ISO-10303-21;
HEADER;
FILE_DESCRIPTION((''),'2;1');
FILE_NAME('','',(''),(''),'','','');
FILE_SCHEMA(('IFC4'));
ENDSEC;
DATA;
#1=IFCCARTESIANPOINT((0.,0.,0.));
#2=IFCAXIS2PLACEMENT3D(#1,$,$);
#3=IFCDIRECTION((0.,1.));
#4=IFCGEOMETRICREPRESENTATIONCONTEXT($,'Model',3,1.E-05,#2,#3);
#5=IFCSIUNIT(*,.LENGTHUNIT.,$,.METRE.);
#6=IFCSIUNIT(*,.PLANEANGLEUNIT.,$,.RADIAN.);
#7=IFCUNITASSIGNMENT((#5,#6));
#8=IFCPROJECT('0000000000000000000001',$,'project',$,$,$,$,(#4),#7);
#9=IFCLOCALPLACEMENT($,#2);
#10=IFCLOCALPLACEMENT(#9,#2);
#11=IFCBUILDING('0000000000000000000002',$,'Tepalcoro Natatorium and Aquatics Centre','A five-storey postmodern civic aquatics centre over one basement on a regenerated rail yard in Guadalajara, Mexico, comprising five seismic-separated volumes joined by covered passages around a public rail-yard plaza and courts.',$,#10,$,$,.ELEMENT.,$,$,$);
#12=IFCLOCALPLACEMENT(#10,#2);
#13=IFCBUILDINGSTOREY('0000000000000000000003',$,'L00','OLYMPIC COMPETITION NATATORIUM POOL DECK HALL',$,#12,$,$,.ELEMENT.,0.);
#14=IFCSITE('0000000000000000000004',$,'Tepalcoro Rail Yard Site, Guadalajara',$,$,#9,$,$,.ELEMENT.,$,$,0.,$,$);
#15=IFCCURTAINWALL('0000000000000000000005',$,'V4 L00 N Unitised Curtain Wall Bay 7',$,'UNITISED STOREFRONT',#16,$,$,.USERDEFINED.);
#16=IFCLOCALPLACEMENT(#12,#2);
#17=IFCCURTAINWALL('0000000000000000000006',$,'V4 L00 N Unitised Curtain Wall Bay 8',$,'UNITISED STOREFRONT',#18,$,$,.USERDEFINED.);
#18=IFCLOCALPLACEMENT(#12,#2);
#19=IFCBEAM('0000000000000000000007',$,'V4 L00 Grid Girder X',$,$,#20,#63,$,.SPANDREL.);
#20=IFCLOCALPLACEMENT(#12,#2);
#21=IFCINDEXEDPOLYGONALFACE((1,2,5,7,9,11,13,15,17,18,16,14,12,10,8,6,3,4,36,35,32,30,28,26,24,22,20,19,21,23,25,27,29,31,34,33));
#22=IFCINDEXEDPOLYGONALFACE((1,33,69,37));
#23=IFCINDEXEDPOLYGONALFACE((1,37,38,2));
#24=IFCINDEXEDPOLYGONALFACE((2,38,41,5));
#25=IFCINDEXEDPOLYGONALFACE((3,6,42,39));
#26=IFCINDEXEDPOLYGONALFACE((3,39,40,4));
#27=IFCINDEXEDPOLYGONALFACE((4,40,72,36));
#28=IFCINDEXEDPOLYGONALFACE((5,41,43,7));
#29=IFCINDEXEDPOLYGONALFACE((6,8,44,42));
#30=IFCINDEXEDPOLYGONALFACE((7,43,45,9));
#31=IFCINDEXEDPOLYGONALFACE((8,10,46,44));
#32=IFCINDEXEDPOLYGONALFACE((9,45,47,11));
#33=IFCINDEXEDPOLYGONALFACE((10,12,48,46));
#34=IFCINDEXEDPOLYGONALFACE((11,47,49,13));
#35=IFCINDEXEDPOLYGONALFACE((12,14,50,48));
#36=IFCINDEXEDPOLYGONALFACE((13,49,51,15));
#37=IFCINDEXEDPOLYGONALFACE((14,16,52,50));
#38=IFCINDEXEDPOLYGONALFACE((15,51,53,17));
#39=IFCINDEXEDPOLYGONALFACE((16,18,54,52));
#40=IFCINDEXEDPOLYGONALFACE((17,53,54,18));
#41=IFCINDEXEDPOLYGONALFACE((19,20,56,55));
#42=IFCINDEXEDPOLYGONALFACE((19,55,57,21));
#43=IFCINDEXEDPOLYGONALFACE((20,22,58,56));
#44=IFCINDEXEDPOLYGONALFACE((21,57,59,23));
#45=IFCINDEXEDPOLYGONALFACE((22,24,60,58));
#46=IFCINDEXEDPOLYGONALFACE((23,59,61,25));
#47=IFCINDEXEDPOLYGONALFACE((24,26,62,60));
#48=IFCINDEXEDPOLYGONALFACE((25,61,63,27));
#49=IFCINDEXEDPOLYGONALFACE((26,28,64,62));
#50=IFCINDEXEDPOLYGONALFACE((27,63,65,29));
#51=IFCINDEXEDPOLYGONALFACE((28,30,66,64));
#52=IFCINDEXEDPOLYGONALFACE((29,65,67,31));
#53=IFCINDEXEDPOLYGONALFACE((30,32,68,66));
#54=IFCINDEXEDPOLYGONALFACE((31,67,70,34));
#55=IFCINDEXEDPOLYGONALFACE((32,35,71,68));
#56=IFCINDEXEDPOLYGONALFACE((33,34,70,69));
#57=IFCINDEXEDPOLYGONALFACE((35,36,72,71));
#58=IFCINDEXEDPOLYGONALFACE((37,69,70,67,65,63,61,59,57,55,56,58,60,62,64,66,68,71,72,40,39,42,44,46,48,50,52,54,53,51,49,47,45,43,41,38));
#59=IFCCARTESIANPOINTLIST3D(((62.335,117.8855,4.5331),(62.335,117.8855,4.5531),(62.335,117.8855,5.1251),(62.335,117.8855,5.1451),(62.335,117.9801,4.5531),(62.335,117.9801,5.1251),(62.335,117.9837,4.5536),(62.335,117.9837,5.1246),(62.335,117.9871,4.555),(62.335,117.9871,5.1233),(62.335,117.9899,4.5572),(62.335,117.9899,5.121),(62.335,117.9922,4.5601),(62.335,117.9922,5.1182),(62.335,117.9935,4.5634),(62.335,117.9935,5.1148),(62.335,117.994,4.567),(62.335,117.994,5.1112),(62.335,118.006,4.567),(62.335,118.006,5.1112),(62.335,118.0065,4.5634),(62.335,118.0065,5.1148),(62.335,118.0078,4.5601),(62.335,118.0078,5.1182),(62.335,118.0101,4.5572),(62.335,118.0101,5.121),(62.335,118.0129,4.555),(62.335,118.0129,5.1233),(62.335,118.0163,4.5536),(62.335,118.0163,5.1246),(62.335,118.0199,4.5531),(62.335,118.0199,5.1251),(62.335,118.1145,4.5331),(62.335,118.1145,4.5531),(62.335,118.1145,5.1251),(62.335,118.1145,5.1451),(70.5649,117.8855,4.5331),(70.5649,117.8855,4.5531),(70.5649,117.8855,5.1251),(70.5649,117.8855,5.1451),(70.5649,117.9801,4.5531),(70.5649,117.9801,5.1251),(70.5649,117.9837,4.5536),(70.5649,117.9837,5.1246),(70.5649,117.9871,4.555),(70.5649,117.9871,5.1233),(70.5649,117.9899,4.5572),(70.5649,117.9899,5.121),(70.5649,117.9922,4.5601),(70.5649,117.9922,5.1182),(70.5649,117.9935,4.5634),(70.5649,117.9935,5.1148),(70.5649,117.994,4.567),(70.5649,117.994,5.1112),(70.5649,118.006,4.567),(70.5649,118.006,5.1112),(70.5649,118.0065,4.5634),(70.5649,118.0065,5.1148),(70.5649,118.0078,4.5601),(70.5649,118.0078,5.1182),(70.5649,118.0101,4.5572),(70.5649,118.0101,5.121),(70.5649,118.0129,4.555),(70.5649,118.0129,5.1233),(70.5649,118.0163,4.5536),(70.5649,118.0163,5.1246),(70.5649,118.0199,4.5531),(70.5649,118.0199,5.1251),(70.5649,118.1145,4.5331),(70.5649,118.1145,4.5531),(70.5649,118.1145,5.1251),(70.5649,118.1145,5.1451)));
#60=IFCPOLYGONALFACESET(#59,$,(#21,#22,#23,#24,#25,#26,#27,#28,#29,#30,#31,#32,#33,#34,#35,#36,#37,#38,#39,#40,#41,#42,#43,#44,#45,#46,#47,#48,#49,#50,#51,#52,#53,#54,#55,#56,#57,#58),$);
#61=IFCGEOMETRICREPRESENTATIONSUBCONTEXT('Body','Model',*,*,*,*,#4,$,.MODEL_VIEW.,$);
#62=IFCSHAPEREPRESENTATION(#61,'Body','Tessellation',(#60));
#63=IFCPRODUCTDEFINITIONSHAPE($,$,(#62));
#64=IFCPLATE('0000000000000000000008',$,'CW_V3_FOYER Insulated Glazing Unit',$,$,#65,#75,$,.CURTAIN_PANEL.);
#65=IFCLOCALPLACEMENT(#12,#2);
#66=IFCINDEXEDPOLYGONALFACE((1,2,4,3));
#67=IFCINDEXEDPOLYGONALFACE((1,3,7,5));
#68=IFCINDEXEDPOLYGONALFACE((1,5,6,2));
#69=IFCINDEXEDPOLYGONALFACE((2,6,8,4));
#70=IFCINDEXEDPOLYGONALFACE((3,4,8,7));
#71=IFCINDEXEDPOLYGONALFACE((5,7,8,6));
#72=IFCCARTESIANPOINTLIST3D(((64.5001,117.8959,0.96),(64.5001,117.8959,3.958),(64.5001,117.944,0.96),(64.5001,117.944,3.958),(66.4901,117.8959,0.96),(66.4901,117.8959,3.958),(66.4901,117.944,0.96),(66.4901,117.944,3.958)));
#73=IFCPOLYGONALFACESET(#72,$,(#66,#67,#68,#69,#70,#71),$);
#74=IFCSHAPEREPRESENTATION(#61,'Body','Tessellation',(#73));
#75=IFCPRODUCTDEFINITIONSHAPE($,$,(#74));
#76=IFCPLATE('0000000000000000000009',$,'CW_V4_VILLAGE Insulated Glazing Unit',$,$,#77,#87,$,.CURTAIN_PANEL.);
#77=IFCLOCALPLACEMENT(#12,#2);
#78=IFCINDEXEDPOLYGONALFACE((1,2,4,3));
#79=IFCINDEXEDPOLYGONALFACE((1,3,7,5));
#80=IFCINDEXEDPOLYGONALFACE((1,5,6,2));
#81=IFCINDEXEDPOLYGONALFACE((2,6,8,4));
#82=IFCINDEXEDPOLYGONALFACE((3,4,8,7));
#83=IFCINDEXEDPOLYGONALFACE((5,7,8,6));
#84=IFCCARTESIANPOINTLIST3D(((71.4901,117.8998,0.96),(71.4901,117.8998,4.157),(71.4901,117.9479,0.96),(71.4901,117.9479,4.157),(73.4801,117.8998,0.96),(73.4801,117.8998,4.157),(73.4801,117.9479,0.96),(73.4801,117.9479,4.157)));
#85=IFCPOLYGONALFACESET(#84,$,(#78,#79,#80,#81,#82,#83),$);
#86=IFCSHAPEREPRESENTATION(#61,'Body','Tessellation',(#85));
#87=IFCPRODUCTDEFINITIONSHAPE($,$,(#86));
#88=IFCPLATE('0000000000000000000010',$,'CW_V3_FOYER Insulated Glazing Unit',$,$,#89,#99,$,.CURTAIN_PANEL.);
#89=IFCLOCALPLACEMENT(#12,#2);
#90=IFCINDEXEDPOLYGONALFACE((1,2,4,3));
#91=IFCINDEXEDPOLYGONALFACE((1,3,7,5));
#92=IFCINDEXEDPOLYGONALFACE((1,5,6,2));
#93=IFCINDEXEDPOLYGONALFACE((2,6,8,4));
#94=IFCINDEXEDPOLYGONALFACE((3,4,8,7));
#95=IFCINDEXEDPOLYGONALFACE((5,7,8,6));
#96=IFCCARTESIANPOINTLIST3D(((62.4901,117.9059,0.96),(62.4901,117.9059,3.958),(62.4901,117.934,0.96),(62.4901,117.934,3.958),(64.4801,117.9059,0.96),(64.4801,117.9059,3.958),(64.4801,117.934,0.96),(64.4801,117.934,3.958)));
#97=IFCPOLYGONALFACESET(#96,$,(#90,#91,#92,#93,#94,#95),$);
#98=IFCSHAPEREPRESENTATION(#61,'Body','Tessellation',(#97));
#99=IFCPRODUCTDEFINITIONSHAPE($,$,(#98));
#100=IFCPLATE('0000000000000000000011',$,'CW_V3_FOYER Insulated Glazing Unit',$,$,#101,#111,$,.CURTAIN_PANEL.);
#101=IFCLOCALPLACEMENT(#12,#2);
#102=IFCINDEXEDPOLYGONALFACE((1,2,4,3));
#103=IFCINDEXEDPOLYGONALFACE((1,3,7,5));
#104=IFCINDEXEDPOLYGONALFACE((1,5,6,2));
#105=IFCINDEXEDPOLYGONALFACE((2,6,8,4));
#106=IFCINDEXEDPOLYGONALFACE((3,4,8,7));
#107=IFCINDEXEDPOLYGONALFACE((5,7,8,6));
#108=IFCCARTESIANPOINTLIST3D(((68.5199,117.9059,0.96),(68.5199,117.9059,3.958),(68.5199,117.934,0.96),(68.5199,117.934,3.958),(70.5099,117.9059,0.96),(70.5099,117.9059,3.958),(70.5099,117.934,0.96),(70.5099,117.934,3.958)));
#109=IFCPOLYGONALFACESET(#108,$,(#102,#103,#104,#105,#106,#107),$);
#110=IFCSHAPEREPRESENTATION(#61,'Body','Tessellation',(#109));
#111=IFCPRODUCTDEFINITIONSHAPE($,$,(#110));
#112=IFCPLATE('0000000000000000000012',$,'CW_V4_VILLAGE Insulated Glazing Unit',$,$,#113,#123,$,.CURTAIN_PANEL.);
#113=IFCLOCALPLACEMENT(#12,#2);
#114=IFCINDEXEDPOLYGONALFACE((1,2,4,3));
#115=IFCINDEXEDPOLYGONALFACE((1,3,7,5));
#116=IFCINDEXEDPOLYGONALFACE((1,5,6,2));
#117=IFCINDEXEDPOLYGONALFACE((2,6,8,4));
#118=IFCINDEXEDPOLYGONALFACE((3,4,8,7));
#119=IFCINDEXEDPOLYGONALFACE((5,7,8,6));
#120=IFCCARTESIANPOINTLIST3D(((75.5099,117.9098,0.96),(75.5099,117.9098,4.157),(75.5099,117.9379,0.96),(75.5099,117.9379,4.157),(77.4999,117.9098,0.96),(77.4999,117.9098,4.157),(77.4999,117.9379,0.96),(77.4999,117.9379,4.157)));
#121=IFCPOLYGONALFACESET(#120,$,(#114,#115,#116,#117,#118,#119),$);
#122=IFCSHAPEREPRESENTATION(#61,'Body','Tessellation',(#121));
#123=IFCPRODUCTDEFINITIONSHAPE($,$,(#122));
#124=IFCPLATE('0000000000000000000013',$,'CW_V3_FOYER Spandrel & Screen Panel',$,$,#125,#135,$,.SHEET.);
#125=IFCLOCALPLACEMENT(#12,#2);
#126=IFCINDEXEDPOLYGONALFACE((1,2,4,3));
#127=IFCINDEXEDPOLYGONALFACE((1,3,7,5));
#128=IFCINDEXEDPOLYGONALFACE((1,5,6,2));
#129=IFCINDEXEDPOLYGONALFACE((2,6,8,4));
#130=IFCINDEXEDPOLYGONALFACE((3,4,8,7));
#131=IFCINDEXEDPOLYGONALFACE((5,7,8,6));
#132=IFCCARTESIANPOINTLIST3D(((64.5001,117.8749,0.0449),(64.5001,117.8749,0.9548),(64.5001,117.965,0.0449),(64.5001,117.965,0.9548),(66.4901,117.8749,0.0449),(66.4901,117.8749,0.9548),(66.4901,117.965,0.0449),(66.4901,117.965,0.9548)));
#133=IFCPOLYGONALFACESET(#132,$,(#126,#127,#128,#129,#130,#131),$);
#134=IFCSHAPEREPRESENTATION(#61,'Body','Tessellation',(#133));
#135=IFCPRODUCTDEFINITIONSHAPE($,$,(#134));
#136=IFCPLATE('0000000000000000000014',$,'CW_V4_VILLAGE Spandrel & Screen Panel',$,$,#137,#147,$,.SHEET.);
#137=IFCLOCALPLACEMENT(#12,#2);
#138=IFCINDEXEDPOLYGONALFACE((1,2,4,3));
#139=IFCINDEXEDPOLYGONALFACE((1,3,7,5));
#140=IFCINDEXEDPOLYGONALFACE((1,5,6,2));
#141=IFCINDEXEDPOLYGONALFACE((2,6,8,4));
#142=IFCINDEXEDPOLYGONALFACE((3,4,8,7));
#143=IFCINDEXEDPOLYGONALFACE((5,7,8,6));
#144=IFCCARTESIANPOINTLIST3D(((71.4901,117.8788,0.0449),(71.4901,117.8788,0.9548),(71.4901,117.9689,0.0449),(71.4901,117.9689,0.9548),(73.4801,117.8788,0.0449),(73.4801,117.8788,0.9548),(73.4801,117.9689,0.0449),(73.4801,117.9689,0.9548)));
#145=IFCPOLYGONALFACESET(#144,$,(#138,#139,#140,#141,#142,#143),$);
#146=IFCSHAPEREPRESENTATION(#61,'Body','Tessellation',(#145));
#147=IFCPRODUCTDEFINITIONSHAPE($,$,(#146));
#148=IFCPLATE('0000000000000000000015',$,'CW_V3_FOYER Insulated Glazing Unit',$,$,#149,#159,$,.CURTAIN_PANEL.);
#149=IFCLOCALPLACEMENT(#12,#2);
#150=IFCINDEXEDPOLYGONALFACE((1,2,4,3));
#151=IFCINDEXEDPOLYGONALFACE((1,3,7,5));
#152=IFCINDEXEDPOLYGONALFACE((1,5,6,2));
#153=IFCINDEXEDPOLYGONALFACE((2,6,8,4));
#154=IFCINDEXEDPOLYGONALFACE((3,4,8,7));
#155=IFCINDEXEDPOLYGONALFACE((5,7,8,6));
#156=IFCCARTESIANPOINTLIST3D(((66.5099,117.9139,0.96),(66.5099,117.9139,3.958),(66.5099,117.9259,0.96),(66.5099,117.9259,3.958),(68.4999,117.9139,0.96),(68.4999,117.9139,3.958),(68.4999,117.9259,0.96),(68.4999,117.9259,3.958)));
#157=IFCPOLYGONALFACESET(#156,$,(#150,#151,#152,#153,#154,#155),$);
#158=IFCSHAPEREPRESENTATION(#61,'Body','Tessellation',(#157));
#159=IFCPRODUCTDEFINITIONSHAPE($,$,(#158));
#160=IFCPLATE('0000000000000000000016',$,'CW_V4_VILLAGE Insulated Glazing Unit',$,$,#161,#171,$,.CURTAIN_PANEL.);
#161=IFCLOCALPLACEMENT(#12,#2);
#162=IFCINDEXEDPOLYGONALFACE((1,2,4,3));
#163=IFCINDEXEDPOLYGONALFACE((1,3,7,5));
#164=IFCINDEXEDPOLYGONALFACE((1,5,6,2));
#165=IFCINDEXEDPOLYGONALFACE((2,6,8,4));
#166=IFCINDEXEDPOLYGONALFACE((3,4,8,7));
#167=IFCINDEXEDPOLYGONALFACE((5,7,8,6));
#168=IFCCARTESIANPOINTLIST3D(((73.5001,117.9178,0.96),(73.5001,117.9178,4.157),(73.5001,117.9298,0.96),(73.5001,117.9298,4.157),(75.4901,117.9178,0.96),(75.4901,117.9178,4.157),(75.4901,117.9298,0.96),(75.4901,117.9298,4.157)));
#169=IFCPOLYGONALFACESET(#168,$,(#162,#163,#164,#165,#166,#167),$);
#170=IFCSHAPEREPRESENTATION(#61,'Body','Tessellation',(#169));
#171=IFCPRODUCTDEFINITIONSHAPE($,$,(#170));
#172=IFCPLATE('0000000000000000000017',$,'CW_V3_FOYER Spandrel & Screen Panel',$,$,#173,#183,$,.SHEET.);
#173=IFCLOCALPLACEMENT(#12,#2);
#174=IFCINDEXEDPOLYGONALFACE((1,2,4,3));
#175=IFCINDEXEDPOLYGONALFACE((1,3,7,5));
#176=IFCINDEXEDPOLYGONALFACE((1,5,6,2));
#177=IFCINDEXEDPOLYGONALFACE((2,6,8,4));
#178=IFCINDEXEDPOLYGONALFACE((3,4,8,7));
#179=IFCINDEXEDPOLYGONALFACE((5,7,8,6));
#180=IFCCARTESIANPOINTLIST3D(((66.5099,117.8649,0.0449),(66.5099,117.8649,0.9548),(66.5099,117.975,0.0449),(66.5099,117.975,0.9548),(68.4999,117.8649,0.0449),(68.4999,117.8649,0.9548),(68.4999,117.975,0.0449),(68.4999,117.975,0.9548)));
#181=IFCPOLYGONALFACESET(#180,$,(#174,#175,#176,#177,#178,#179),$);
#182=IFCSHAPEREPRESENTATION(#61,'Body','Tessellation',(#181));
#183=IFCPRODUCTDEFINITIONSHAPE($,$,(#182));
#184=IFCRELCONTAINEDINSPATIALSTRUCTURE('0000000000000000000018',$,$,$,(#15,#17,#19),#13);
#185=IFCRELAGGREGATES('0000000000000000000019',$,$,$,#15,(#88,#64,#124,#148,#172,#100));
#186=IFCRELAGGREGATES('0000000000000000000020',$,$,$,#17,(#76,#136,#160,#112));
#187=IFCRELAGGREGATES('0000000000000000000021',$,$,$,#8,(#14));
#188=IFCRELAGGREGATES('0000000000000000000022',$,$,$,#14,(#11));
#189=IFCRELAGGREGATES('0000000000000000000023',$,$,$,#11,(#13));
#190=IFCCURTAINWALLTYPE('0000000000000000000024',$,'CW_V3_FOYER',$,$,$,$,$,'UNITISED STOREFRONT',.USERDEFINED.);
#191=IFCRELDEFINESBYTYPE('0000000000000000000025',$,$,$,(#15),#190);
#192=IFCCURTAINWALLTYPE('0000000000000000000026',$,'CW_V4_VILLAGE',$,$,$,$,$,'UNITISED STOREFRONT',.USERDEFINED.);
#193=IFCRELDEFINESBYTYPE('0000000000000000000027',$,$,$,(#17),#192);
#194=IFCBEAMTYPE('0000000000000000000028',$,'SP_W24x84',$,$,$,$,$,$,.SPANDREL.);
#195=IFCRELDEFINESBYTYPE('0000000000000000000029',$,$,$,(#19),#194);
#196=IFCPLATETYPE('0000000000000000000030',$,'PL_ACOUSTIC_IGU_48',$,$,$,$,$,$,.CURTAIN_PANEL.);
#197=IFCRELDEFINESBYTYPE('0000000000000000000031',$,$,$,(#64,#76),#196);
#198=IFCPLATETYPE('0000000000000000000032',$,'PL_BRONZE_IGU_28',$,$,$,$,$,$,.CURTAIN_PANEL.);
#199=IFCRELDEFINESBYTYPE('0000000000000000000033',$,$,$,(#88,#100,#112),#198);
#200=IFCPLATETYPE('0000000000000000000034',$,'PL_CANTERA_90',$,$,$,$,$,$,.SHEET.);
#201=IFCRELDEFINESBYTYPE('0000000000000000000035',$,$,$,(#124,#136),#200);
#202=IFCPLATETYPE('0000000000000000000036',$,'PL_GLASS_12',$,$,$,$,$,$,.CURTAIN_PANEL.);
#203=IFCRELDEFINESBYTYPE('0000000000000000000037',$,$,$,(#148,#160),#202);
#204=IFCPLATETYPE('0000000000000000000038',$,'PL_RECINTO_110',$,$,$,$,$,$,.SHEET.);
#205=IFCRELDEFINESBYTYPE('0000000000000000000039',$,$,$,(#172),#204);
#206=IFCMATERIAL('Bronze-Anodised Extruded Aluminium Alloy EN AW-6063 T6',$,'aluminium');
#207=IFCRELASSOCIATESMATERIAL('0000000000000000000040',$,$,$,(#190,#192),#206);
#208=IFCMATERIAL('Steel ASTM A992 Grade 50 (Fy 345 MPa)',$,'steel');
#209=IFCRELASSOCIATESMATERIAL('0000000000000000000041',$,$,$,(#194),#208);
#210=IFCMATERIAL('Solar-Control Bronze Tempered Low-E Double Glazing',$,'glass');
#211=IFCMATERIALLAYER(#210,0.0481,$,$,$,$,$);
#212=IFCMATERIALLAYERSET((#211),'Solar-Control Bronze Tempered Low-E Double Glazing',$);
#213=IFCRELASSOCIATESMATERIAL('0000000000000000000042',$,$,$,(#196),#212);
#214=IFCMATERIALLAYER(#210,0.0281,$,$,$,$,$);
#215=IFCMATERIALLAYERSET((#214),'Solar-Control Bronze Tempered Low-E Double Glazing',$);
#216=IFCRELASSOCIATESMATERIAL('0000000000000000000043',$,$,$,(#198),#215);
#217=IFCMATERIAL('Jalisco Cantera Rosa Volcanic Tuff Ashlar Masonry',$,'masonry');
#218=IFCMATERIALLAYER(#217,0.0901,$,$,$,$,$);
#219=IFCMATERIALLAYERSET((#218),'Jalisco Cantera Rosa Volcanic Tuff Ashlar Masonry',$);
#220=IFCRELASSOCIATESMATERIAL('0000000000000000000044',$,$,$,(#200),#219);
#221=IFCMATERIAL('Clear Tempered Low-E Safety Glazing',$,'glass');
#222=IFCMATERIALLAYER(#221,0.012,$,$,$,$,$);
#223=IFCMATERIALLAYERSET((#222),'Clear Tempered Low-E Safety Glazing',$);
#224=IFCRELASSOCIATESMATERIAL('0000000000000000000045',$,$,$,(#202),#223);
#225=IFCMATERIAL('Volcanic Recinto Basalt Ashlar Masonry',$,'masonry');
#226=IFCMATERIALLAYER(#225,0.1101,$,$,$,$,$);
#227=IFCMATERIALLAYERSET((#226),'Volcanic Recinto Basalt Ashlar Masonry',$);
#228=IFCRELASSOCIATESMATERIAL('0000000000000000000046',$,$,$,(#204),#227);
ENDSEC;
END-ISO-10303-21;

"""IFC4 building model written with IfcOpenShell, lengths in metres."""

from ifc_helpers import new_model, si_unit, direction, frame, origin, origin_2d, place, context, subcontext, project, spatial, rectangle, i_section, extrude, material, layer, layer_set, material_profile, profile_set, type_object, element, aggregate, save


model = new_model("IFC4")

# Units and contexts
model_context = context("Model", 3, precision=1e-05, world=origin(), true_north=direction((0.0, 1.0)))
body_context = subcontext(model_context, "Body", "Model", "MODEL_VIEW")
ifc_project = project(units=[si_unit("LENGTHUNIT", "METRE"), si_unit("PLANEANGLEUNIT", "RADIAN")], contexts=[model_context])

# Site, building, storey
site_placement = place(None, origin())
site = spatial("IfcSite", under=ifc_project, at=site_placement, Name="Tepalcoro Rail Yard Site, Guadalajara", CompositionType="ELEMENT", RefElevation=0.0)
building_placement = place(site_placement, origin())
building = spatial("IfcBuilding", under=site, at=building_placement, Name="Tepalcoro Natatorium and Aquatics Centre", Description="A five-storey postmodern civic aquatics centre over one basement on a regenerated rail yard in Guadalajara, Mexico, comprising five seismic-separated volumes joined by covered passages around a public rail-yard plaza and courts.", CompositionType="ELEMENT")
storey_placement = place(building_placement, origin())
storey = spatial("IfcBuildingStorey", under=building, at=storey_placement, Name="L00", Description="OLYMPIC COMPETITION NATATORIUM POOL DECK HALL", CompositionType="ELEMENT", Elevation=0.0)

# Curtain walls
ifc_material_1 = material(Name="Bronze-Anodised Extruded Aluminium Alloy EN AW-6063 T6", Category="aluminium")
curtain_wall_type_1 = type_object("IfcCurtainWallType", Name="CW_V3_FOYER", ElementType="UNITISED STOREFRONT", PredefinedType="USERDEFINED", material=ifc_material_1)
curtain_wall_1_placement = place(storey_placement, origin())
curtain_wall_1 = element("IfcCurtainWall", 1, at=curtain_wall_1_placement, inside=storey, type_object=curtain_wall_type_1, Name="V4 L00 N Unitised Curtain Wall Bay 7", ObjectType="UNITISED STOREFRONT", PredefinedType="USERDEFINED")
curtain_wall_type_2 = type_object("IfcCurtainWallType", Name="CW_V4_VILLAGE", ElementType="UNITISED STOREFRONT", PredefinedType="USERDEFINED", material=ifc_material_1)
curtain_wall_2_placement = place(storey_placement, origin())
curtain_wall_2 = element("IfcCurtainWall", 2, at=curtain_wall_2_placement, inside=storey, type_object=curtain_wall_type_2, Name="V4 L00 N Unitised Curtain Wall Bay 8", ObjectType="UNITISED STOREFRONT", PredefinedType="USERDEFINED")

# Beam
ifc_material_2 = material(Name="Steel ASTM A992 Grade 50 (Fy 345 MPa)", Category="steel")
ifc_material_profile_1 = material_profile(ifc_material_2, i_section(OverallWidth=0.229, OverallDepth=0.6121, WebThickness=0.012, FlangeThickness=0.02, FilletRadius=0.0139, at=origin_2d()), Name="W24X84")
ifc_profile_set_1 = profile_set([ifc_material_profile_1], Name="Steel ASTM A992 Grade 50 (Fy 345 MPa)")
beam_type_1 = type_object("IfcBeamType", Name="SP_W24x84", PredefinedType="SPANDREL", material=ifc_profile_set_1)
beam_1_placement = place(storey_placement, frame((62.335, 118.0, 4.8391), z_axis=(1.0, 0.0, 0.0), x_axis=(0.0, 1.0, 0.0)))
element("IfcBeam", 3, at=beam_1_placement, inside=storey, type_object=beam_type_1, Name="V4 L00 Grid Girder X", PredefinedType="SPANDREL", context=body_context, shape_type="SweptSolid", body=[
    extrude(i_section(OverallWidth=0.229, OverallDepth=0.6121, WebThickness=0.012, FlangeThickness=0.02, FilletRadius=0.0139, at=origin_2d()), origin(), (0.0, 0.0, 1.0), 8.23),
])

# Plates
ifc_material_3 = material(Name="Solar-Control Bronze Tempered Low-E Double Glazing", Category="glass")
ifc_layer_1 = layer(ifc_material_3, 0.0481)
ifc_layer_set_1 = layer_set([ifc_layer_1], Name="Solar-Control Bronze Tempered Low-E Double Glazing")
plate_type_1 = type_object("IfcPlateType", Name="PL_ACOUSTIC_IGU_48", PredefinedType="CURTAIN_PANEL", material=ifc_layer_set_1)
plate_1_placement = place(storey_placement, frame((65.4951, 117.9199, 0.96), z_axis=(0.0, 0.0, 1.0), x_axis=(1.0, 0.0, 0.0)))
plate_1 = element("IfcPlate", 4, at=plate_1_placement, type_object=plate_type_1, Name="CW_V3_FOYER Insulated Glazing Unit", PredefinedType="CURTAIN_PANEL", context=body_context, shape_type="SweptSolid", body=[
    extrude(rectangle(XDim=1.99, YDim=0.0481, at=origin_2d()), origin(), (0.0, 0.0, 1.0), 2.998),
])
plate_2_placement = place(storey_placement, frame((72.4851, 117.9238, 0.96), z_axis=(0.0, 0.0, 1.0), x_axis=(1.0, 0.0, 0.0)))
plate_2 = element("IfcPlate", 5, at=plate_2_placement, type_object=plate_type_1, Name="CW_V4_VILLAGE Insulated Glazing Unit", PredefinedType="CURTAIN_PANEL", context=body_context, shape_type="SweptSolid", body=[
    extrude(rectangle(XDim=1.99, YDim=0.0481, at=origin_2d()), origin(), (0.0, 0.0, 1.0), 3.197),
])
ifc_layer_2 = layer(ifc_material_3, 0.0281)
ifc_layer_set_2 = layer_set([ifc_layer_2], Name="Solar-Control Bronze Tempered Low-E Double Glazing")
plate_type_2 = type_object("IfcPlateType", Name="PL_BRONZE_IGU_28", PredefinedType="CURTAIN_PANEL", material=ifc_layer_set_2)
plate_3_placement = place(storey_placement, frame((63.4851, 117.9199, 0.96), z_axis=(0.0, 0.0, 1.0), x_axis=(1.0, 0.0, 0.0)))
plate_3 = element("IfcPlate", 6, at=plate_3_placement, type_object=plate_type_2, Name="CW_V3_FOYER Insulated Glazing Unit", PredefinedType="CURTAIN_PANEL", context=body_context, shape_type="SweptSolid", body=[
    extrude(rectangle(XDim=1.99, YDim=0.0281, at=origin_2d()), origin(), (0.0, 0.0, 1.0), 2.998),
])
plate_4_placement = place(storey_placement, frame((69.5149, 117.9199, 0.96), z_axis=(0.0, 0.0, 1.0), x_axis=(1.0, 0.0, 0.0)))
plate_4 = element("IfcPlate", 7, at=plate_4_placement, type_object=plate_type_2, Name="CW_V3_FOYER Insulated Glazing Unit", PredefinedType="CURTAIN_PANEL", context=body_context, shape_type="SweptSolid", body=[
    extrude(rectangle(XDim=1.99, YDim=0.0281, at=origin_2d()), origin(), (0.0, 0.0, 1.0), 2.998),
])
plate_5_placement = place(storey_placement, frame((76.5049, 117.9238, 0.96), z_axis=(0.0, 0.0, 1.0), x_axis=(1.0, 0.0, 0.0)))
plate_5 = element("IfcPlate", 8, at=plate_5_placement, type_object=plate_type_2, Name="CW_V4_VILLAGE Insulated Glazing Unit", PredefinedType="CURTAIN_PANEL", context=body_context, shape_type="SweptSolid", body=[
    extrude(rectangle(XDim=1.99, YDim=0.0281, at=origin_2d()), origin(), (0.0, 0.0, 1.0), 3.197),
])
ifc_material_4 = material(Name="Jalisco Cantera Rosa Volcanic Tuff Ashlar Masonry", Category="masonry")
ifc_layer_3 = layer(ifc_material_4, 0.0901)
ifc_layer_set_3 = layer_set([ifc_layer_3], Name="Jalisco Cantera Rosa Volcanic Tuff Ashlar Masonry")
plate_type_3 = type_object("IfcPlateType", Name="PL_CANTERA_90", PredefinedType="SHEET", material=ifc_layer_set_3)
plate_6_placement = place(storey_placement, frame((65.4951, 117.9199, 0.0449), z_axis=(0.0, 0.0, 1.0), x_axis=(1.0, 0.0, 0.0)))
plate_6 = element("IfcPlate", 9, at=plate_6_placement, type_object=plate_type_3, Name="CW_V3_FOYER Spandrel & Screen Panel", PredefinedType="SHEET", context=body_context, shape_type="SweptSolid", body=[
    extrude(rectangle(XDim=1.99, YDim=0.0901, at=origin_2d()), origin(), (0.0, 0.0, 1.0), 0.9099),
])
plate_7_placement = place(storey_placement, frame((72.4851, 117.9238, 0.0449), z_axis=(0.0, 0.0, 1.0), x_axis=(1.0, 0.0, 0.0)))
plate_7 = element("IfcPlate", 10, at=plate_7_placement, type_object=plate_type_3, Name="CW_V4_VILLAGE Spandrel & Screen Panel", PredefinedType="SHEET", context=body_context, shape_type="SweptSolid", body=[
    extrude(rectangle(XDim=1.99, YDim=0.0901, at=origin_2d()), origin(), (0.0, 0.0, 1.0), 0.9099),
])
ifc_material_5 = material(Name="Clear Tempered Low-E Safety Glazing", Category="glass")
ifc_layer_4 = layer(ifc_material_5, 0.012)
ifc_layer_set_4 = layer_set([ifc_layer_4], Name="Clear Tempered Low-E Safety Glazing")
plate_type_4 = type_object("IfcPlateType", Name="PL_GLASS_12", PredefinedType="CURTAIN_PANEL", material=ifc_layer_set_4)
plate_8_placement = place(storey_placement, frame((67.5049, 117.9199, 0.96), z_axis=(0.0, 0.0, 1.0), x_axis=(1.0, 0.0, 0.0)))
plate_8 = element("IfcPlate", 11, at=plate_8_placement, type_object=plate_type_4, Name="CW_V3_FOYER Insulated Glazing Unit", PredefinedType="CURTAIN_PANEL", context=body_context, shape_type="SweptSolid", body=[
    extrude(rectangle(XDim=1.99, YDim=0.012, at=origin_2d()), origin(), (0.0, 0.0, 1.0), 2.998),
])
plate_9_placement = place(storey_placement, frame((74.4951, 117.9238, 0.96), z_axis=(0.0, 0.0, 1.0), x_axis=(1.0, 0.0, 0.0)))
plate_9 = element("IfcPlate", 12, at=plate_9_placement, type_object=plate_type_4, Name="CW_V4_VILLAGE Insulated Glazing Unit", PredefinedType="CURTAIN_PANEL", context=body_context, shape_type="SweptSolid", body=[
    extrude(rectangle(XDim=1.99, YDim=0.012, at=origin_2d()), origin(), (0.0, 0.0, 1.0), 3.197),
])
ifc_material_6 = material(Name="Volcanic Recinto Basalt Ashlar Masonry", Category="masonry")
ifc_layer_5 = layer(ifc_material_6, 0.1101)
ifc_layer_set_5 = layer_set([ifc_layer_5], Name="Volcanic Recinto Basalt Ashlar Masonry")
plate_type_5 = type_object("IfcPlateType", Name="PL_RECINTO_110", PredefinedType="SHEET", material=ifc_layer_set_5)
plate_10_placement = place(storey_placement, frame((67.5049, 117.9199, 0.0449), z_axis=(0.0, 0.0, 1.0), x_axis=(1.0, 0.0, 0.0)))
plate_10 = element("IfcPlate", 13, at=plate_10_placement, type_object=plate_type_5, Name="CW_V3_FOYER Spandrel & Screen Panel", PredefinedType="SHEET", context=body_context, shape_type="SweptSolid", body=[
    extrude(rectangle(XDim=1.99, YDim=0.1101, at=origin_2d()), origin(), (0.0, 0.0, 1.0), 0.9099),
])
aggregate(curtain_wall_1, [plate_3, plate_1, plate_6, plate_8, plate_10, plate_4])
aggregate(curtain_wall_2, [plate_2, plate_7, plate_9, plate_5])

save(model, "model.ifc")
